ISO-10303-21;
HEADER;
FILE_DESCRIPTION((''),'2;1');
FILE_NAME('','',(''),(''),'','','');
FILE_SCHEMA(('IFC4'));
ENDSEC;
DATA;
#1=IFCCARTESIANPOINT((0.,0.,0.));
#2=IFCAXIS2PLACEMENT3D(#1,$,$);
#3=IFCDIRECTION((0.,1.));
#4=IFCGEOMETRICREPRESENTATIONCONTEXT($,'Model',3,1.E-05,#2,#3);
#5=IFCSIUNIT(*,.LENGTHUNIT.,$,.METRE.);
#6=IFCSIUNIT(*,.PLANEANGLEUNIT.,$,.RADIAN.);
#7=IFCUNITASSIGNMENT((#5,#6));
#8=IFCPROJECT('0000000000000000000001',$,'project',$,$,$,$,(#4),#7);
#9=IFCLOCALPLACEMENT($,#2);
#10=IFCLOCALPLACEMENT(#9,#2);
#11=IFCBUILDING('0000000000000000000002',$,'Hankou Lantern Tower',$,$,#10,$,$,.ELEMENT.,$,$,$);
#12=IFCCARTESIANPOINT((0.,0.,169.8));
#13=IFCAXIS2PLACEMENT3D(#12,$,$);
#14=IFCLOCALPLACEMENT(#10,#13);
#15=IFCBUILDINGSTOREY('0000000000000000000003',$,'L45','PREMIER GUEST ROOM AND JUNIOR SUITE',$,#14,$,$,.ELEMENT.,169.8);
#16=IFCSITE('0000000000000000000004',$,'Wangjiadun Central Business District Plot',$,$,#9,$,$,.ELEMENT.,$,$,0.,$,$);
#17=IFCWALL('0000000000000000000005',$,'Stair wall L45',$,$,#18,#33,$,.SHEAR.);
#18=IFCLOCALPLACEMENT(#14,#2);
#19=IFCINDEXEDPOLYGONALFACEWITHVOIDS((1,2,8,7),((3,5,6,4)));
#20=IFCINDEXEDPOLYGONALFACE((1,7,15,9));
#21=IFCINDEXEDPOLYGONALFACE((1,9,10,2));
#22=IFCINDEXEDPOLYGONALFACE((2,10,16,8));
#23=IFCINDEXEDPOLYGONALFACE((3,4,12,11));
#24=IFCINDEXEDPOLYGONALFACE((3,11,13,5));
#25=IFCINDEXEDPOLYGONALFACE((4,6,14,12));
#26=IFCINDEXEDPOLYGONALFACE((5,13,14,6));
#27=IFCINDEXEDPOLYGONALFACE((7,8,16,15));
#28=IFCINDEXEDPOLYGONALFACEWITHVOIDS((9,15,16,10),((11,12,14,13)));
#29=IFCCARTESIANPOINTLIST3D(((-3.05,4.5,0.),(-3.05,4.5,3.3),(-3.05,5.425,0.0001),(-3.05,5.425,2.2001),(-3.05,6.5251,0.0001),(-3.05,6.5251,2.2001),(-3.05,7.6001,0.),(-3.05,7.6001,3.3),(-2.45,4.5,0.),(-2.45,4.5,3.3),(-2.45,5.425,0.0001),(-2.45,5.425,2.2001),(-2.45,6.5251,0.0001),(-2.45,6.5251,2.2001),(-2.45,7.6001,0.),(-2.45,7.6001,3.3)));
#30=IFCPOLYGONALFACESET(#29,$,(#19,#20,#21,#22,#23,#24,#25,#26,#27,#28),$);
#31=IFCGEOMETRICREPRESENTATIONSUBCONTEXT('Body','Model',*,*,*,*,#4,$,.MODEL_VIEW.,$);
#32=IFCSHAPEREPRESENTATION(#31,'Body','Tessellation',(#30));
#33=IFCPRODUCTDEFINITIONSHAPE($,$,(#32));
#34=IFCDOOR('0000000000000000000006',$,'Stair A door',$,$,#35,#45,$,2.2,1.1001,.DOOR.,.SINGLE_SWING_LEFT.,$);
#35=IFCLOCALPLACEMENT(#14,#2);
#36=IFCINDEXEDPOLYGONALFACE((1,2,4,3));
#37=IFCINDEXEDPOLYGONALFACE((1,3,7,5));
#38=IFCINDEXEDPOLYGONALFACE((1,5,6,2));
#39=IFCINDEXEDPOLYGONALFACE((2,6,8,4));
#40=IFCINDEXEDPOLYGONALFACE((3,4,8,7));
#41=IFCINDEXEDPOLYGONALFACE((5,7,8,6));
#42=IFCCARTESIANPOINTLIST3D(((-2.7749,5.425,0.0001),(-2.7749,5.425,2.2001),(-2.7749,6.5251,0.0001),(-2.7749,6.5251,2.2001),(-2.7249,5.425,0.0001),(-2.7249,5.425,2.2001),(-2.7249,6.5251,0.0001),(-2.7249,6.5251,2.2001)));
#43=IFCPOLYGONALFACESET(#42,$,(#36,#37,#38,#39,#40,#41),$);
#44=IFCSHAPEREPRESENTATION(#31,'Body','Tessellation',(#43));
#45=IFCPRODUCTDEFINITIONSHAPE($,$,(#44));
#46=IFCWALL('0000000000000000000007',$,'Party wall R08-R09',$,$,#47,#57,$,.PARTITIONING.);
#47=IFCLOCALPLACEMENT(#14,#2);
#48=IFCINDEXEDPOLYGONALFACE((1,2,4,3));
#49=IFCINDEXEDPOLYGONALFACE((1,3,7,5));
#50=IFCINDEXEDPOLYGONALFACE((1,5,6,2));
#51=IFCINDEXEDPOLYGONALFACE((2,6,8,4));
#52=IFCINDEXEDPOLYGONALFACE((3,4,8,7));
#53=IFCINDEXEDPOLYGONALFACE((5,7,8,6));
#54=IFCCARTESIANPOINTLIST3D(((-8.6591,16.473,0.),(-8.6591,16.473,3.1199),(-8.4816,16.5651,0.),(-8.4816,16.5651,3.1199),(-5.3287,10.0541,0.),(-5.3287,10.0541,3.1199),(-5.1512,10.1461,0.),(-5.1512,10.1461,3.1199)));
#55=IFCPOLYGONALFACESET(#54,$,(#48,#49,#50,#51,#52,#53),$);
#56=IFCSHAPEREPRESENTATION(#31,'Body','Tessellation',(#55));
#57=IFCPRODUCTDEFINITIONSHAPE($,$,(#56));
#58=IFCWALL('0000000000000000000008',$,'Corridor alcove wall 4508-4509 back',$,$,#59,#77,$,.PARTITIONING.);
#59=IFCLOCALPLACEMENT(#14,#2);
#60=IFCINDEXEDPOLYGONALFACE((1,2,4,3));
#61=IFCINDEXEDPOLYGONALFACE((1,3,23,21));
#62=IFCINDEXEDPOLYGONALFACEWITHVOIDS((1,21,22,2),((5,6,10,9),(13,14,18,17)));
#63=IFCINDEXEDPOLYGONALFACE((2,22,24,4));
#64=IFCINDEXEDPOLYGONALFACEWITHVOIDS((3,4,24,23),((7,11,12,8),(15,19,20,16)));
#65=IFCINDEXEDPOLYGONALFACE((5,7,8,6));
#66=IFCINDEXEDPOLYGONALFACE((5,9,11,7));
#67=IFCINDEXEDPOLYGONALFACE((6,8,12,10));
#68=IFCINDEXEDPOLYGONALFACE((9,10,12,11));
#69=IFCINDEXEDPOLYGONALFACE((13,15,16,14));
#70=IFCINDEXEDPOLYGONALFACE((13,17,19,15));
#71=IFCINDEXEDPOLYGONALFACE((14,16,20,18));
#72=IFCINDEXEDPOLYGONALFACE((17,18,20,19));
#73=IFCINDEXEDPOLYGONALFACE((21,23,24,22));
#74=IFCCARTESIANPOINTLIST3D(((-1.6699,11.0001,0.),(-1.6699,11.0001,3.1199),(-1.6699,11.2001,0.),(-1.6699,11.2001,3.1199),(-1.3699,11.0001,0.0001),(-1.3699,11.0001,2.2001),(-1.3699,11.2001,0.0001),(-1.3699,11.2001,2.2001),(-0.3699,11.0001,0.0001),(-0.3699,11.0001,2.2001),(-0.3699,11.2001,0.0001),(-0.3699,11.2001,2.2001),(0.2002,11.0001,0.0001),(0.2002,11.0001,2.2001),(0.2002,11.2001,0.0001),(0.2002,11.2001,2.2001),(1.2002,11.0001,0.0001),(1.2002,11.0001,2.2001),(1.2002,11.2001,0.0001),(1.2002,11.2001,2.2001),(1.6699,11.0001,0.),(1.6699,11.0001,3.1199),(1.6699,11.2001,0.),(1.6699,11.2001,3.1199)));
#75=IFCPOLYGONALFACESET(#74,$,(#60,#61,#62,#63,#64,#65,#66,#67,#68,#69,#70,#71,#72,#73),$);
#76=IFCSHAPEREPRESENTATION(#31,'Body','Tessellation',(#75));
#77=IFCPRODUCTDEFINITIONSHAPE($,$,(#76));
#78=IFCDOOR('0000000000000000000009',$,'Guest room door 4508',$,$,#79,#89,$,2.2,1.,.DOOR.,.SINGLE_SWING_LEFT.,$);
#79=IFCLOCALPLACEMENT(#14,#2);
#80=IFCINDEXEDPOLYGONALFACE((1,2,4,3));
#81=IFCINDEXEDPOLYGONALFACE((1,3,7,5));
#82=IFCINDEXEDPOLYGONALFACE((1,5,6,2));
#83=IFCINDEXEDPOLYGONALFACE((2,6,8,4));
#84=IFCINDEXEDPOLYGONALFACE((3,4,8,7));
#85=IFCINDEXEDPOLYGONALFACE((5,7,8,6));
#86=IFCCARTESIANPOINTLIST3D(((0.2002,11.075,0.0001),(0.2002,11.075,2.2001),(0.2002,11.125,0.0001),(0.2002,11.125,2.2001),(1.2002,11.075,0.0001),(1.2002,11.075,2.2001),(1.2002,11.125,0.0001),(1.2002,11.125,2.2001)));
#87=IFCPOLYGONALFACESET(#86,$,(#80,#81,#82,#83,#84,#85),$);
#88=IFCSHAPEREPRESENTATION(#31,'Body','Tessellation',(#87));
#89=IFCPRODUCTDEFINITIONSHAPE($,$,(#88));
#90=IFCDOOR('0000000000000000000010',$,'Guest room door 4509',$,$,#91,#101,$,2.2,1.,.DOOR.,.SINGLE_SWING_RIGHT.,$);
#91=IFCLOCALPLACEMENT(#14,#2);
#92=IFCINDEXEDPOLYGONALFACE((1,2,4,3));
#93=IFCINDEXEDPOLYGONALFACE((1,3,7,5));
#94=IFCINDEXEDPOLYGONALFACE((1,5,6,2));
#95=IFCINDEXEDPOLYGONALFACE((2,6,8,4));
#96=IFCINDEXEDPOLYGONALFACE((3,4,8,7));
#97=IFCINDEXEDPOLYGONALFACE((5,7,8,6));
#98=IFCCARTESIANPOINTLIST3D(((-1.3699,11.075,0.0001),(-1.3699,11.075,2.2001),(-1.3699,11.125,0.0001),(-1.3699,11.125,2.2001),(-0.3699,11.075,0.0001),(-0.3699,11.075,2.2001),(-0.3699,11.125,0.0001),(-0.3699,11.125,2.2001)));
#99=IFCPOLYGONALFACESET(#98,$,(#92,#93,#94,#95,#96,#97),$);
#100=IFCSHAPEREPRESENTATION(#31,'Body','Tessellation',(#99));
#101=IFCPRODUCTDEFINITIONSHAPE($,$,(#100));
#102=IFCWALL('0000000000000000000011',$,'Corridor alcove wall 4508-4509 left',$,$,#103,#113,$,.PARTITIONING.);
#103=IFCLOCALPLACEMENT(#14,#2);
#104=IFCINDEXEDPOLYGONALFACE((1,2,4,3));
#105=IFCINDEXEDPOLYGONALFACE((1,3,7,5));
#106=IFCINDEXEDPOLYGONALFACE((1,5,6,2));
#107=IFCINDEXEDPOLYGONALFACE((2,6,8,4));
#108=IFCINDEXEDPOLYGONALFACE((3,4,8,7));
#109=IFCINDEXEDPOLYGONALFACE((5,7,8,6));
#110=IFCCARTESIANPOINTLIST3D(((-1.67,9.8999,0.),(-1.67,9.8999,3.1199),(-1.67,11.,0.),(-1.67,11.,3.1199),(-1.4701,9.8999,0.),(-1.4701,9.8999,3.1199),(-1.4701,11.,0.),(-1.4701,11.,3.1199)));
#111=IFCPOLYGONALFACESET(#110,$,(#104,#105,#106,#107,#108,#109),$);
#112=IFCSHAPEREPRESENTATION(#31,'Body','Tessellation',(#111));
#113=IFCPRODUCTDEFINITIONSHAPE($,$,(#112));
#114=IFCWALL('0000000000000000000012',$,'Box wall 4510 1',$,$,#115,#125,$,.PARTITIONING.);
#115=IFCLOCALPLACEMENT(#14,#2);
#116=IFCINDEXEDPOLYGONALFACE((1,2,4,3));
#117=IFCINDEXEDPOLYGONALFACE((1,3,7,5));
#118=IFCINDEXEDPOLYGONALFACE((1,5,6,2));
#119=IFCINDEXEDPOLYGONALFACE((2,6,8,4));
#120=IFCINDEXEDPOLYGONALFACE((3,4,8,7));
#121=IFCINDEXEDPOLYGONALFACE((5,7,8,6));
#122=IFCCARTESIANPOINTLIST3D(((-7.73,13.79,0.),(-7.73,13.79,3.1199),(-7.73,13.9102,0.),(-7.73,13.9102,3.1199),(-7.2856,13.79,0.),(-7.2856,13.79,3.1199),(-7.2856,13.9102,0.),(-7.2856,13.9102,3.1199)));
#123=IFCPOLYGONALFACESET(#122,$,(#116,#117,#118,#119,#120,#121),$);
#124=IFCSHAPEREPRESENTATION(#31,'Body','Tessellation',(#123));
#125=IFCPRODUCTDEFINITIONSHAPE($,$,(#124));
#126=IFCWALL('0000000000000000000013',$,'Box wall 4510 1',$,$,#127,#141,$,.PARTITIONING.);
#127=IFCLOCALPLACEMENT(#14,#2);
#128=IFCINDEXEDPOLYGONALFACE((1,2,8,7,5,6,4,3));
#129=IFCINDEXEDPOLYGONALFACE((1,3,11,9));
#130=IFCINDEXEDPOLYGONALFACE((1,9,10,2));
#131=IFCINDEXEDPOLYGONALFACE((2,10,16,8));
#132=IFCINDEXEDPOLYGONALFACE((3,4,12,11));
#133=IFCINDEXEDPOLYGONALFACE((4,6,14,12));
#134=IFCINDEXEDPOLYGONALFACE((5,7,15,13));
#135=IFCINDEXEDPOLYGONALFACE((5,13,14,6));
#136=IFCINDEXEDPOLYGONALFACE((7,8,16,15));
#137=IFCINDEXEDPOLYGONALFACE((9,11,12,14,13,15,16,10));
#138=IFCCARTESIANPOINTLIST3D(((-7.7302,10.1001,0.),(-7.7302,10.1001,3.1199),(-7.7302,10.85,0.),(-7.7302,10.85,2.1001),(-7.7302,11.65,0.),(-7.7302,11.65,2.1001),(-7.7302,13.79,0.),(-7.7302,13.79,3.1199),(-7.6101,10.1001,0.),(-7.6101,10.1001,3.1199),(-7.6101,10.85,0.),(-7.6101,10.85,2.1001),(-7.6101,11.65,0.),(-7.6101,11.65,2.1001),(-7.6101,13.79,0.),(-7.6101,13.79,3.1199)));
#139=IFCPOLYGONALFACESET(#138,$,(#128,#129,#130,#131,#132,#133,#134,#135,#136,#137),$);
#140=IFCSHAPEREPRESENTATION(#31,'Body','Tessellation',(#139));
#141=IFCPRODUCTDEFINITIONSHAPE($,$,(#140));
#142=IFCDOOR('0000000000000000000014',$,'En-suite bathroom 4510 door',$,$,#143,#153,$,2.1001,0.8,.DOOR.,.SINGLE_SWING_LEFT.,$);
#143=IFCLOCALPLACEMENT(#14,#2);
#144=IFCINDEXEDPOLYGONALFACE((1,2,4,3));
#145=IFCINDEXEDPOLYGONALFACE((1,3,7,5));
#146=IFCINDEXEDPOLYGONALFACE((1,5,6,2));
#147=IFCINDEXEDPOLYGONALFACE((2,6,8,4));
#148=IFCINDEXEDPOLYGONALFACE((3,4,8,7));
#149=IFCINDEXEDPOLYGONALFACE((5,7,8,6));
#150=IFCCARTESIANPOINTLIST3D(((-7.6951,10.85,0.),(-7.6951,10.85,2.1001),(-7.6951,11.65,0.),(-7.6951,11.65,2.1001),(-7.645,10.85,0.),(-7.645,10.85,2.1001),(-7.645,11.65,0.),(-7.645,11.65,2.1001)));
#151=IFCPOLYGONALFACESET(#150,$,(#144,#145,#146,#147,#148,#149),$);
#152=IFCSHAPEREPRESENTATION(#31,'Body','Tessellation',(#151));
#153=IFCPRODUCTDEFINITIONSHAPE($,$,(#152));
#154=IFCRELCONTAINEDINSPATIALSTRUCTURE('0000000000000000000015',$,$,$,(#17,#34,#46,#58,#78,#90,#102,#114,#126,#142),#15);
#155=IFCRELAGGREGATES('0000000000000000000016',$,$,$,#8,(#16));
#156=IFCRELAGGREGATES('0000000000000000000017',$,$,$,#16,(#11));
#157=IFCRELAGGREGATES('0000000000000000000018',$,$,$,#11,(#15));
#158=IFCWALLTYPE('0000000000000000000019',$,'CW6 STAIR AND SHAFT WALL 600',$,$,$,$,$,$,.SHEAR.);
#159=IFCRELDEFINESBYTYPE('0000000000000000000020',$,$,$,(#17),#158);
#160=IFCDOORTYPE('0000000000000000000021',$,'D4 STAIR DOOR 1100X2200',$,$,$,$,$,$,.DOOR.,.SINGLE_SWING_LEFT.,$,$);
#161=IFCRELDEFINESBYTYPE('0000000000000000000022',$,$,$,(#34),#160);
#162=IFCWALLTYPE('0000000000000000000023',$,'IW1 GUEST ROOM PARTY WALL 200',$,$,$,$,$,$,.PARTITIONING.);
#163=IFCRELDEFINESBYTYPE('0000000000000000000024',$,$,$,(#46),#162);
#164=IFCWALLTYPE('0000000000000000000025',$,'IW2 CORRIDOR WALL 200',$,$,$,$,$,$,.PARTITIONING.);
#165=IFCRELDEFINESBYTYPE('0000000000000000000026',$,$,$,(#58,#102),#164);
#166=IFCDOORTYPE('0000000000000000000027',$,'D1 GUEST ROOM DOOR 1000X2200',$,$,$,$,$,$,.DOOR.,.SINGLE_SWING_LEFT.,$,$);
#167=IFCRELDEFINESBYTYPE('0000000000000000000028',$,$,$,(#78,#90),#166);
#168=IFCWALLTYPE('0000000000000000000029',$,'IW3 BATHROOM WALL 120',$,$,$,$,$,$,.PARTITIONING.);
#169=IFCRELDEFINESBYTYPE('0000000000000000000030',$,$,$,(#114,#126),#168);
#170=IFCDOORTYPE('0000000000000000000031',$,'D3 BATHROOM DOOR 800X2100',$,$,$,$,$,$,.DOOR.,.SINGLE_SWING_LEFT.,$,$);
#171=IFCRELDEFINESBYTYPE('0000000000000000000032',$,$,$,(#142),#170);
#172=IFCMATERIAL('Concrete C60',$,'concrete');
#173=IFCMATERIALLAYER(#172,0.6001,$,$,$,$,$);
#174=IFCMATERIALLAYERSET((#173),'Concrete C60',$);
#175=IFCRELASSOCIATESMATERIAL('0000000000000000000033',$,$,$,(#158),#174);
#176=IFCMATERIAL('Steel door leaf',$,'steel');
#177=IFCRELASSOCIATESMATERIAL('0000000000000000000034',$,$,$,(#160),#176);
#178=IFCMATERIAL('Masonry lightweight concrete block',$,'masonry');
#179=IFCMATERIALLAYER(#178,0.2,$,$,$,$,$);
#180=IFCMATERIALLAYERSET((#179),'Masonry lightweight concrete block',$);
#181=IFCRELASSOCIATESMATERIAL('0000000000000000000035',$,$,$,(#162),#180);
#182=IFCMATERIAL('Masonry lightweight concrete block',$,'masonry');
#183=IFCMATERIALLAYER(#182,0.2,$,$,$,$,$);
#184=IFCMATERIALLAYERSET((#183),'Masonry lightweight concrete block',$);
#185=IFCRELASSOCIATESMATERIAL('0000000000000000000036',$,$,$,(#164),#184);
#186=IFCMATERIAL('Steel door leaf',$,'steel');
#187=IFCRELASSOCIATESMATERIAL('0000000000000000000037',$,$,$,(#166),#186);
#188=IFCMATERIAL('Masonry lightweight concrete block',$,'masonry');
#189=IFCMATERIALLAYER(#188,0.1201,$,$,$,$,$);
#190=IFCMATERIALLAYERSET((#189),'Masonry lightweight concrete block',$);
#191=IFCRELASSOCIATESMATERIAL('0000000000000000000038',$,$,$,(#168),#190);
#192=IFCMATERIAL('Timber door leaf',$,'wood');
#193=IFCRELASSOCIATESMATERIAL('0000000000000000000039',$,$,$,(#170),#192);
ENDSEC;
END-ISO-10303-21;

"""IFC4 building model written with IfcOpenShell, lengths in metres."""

from ifc_helpers import new_model, si_unit, direction, frame, frame_2d, origin, place, context, subcontext, project, spatial, rectangle, extrude, material, layer, layer_set, type_object, element, fill, save


model = new_model("IFC4")

# Units and contexts
model_context = context("Model", 3, precision=1e-05, world=origin(), true_north=direction((0.0, 1.0)))
body_context = subcontext(model_context, "Body", "Model", "MODEL_VIEW")
ifc_project = project(units=[si_unit("LENGTHUNIT", "METRE"), si_unit("PLANEANGLEUNIT", "RADIAN")], contexts=[model_context])

# Site, building, storey
site_placement = place(None, origin())
site = spatial("IfcSite", under=ifc_project, at=site_placement, Name="Wangjiadun Central Business District Plot", CompositionType="ELEMENT", RefElevation=0.0)
building_placement = place(site_placement, origin())
building = spatial("IfcBuilding", under=site, at=building_placement, Name="Hankou Lantern Tower", CompositionType="ELEMENT")
storey_placement = place(building_placement, frame((0.0, 0.0, 169.8)))
storey = spatial("IfcBuildingStorey", under=building, at=storey_placement, Name="L45", Description="PREMIER GUEST ROOM AND JUNIOR SUITE", CompositionType="ELEMENT", Elevation=169.8)

# Wall, opening, door
ifc_material_1 = material(Name="Concrete C60", Category="concrete")
ifc_layer_1 = layer(ifc_material_1, 0.6001)
ifc_layer_set_1 = layer_set([ifc_layer_1], Name="Concrete C60")
wall_type_1 = type_object("IfcWallType", Name="CW6 STAIR AND SHAFT WALL 600", PredefinedType="SHEAR", material=ifc_layer_set_1)
wall_1_placement = place(storey_placement, frame((-2.75, 4.5, 0.0), z_axis=(0.0, 0.0, 1.0), x_axis=(0.0, 1.0, 0.0)))
wall_1 = element("IfcWall", 1, at=wall_1_placement, inside=storey, type_object=wall_type_1, Name="Stair wall L45", PredefinedType="SHEAR", context=body_context, shape_type="SweptSolid", body=[
    extrude(rectangle(XDim=3.1001, YDim=0.6001, at=frame_2d((1.55, 0.0))), origin(), (0.0, 0.0, 1.0), 3.3),
])
opening_1_placement = place(wall_1_placement, frame((0.925, 0.0, 0.0)))
opening_1 = element("IfcOpeningElement", 2, at=opening_1_placement, cuts=wall_1, PredefinedType="OPENING", context=body_context, shape_type="SweptSolid", body=[
    extrude(rectangle(XDim=1.1001, YDim=2.2, at=frame_2d((0.55, 1.1001))), frame((0.0, 0.3101, 0.0), z_axis=(0.0, -1.0, 0.0), x_axis=(1.0, 0.0, 0.0)), (0.0, 0.0, 1.0), 0.6201),
])
ifc_material_2 = material(Name="Steel door leaf", Category="steel")
door_type_1 = type_object("IfcDoorType", Name="D4 STAIR DOOR 1100X2200", OperationType="SINGLE_SWING_LEFT", PredefinedType="DOOR", material=ifc_material_2)
door_1_placement = place(opening_1_placement, origin())
door_1 = element("IfcDoor", 3, at=door_1_placement, inside=storey, type_object=door_type_1, Name="Stair A door", OperationType="SINGLE_SWING_LEFT", OverallHeight=2.2, OverallWidth=1.1001, PredefinedType="DOOR", context=body_context, shape_type="SweptSolid", body=[
    extrude(rectangle(XDim=1.1001, YDim=2.2, at=frame_2d((0.55, 1.1001))), frame((0.0, 0.0249, 0.0), z_axis=(0.0, -1.0, 0.0), x_axis=(1.0, 0.0, 0.0)), (0.0, 0.0, 1.0), 0.05),
])
fill(opening_1, door_1)

# Wall
ifc_material_3 = material(Name="Masonry lightweight concrete block", Category="masonry")
ifc_layer_2 = layer(ifc_material_3, 0.2)
ifc_layer_set_2 = layer_set([ifc_layer_2], Name="Masonry lightweight concrete block")
wall_type_2 = type_object("IfcWallType", Name="IW1 GUEST ROOM PARTY WALL 200", PredefinedType="PARTITIONING", material=ifc_layer_set_2)
wall_2_placement = place(storey_placement, frame((-5.24, 10.1001, 0.0), z_axis=(0.0, 0.0, 1.0), x_axis=(-0.460533, 0.887643, 0.0)))
element("IfcWall", 4, at=wall_2_placement, inside=storey, type_object=wall_type_2, Name="Party wall R08-R09", PredefinedType="PARTITIONING", context=body_context, shape_type="SweptSolid", body=[
    extrude(rectangle(XDim=7.2314, YDim=0.2, at=frame_2d((3.6157, 0.0))), origin(), (0.0, 0.0, 1.0), 3.1199),
])

# Wall, openings, doors
ifc_material_4 = material(Name="Masonry lightweight concrete block", Category="masonry")
ifc_layer_3 = layer(ifc_material_4, 0.2)
ifc_layer_set_3 = layer_set([ifc_layer_3], Name="Masonry lightweight concrete block")
wall_type_3 = type_object("IfcWallType", Name="IW2 CORRIDOR WALL 200", PredefinedType="PARTITIONING", material=ifc_layer_set_3)
wall_3_placement = place(storey_placement, frame((-1.6699, 11.1001, 0.0), z_axis=(0.0, 0.0, 1.0), x_axis=(1.0, 0.0, 0.0)))
wall_3 = element("IfcWall", 5, at=wall_3_placement, inside=storey, type_object=wall_type_3, Name="Corridor alcove wall 4508-4509 back", PredefinedType="PARTITIONING", context=body_context, shape_type="SweptSolid", body=[
    extrude(rectangle(XDim=3.3398, YDim=0.2, at=frame_2d((1.6699, 0.0))), origin(), (0.0, 0.0, 1.0), 3.1199),
])
opening_2_placement = place(wall_3_placement, frame((1.8701, 0.0, 0.0)))
opening_2 = element("IfcOpeningElement", 6, at=opening_2_placement, cuts=wall_3, PredefinedType="OPENING", context=body_context, shape_type="SweptSolid", body=[
    extrude(rectangle(XDim=1.0, YDim=2.2, at=frame_2d((0.5, 1.1001))), frame((0.0, 0.1099, 0.0), z_axis=(0.0, -1.0, 0.0), x_axis=(1.0, 0.0, 0.0)), (0.0, 0.0, 1.0), 0.22),
])
opening_3_placement = place(wall_3_placement, frame((0.3, 0.0, 0.0)))
opening_3 = element("IfcOpeningElement", 7, at=opening_3_placement, cuts=wall_3, PredefinedType="OPENING", context=body_context, shape_type="SweptSolid", body=[
    extrude(rectangle(XDim=1.0, YDim=2.2, at=frame_2d((0.5, 1.1001))), frame((0.0, 0.1099, 0.0), z_axis=(0.0, -1.0, 0.0), x_axis=(1.0, 0.0, 0.0)), (0.0, 0.0, 1.0), 0.22),
])
ifc_material_5 = material(Name="Steel door leaf", Category="steel")
door_type_2 = type_object("IfcDoorType", Name="D1 GUEST ROOM DOOR 1000X2200", OperationType="SINGLE_SWING_LEFT", PredefinedType="DOOR", material=ifc_material_5)
door_2_placement = place(opening_2_placement, origin())
door_2 = element("IfcDoor", 8, at=door_2_placement, inside=storey, type_object=door_type_2, Name="Guest room door 4508", OperationType="SINGLE_SWING_LEFT", OverallHeight=2.2, OverallWidth=1.0, PredefinedType="DOOR", context=body_context, shape_type="SweptSolid", body=[
    extrude(rectangle(XDim=1.0, YDim=2.2, at=frame_2d((0.5, 1.1001))), frame((0.0, 0.0249, 0.0), z_axis=(0.0, -1.0, 0.0), x_axis=(1.0, 0.0, 0.0)), (0.0, 0.0, 1.0), 0.05),
])
fill(opening_2, door_2)
door_3_placement = place(opening_3_placement, origin())
door_3 = element("IfcDoor", 9, at=door_3_placement, inside=storey, type_object=door_type_2, Name="Guest room door 4509", OperationType="SINGLE_SWING_RIGHT", OverallHeight=2.2, OverallWidth=1.0, PredefinedType="DOOR", context=body_context, shape_type="SweptSolid", body=[
    extrude(rectangle(XDim=1.0, YDim=2.2, at=frame_2d((0.5, 1.1001))), frame((0.0, 0.0249, 0.0), z_axis=(0.0, -1.0, 0.0), x_axis=(1.0, 0.0, 0.0)), (0.0, 0.0, 1.0), 0.05),
])
fill(opening_3, door_3)

# Walls
wall_4_placement = place(storey_placement, frame((-1.5701, 9.8999, 0.0), z_axis=(0.0, 0.0, 1.0), x_axis=(0.0, 1.0, 0.0)))
element("IfcWall", 10, at=wall_4_placement, inside=storey, type_object=wall_type_3, Name="Corridor alcove wall 4508-4509 left", PredefinedType="PARTITIONING", context=body_context, shape_type="SweptSolid", body=[
    extrude(rectangle(XDim=1.1001, YDim=0.2, at=frame_2d((0.55, 0.0))), origin(), (0.0, 0.0, 1.0), 3.1199),
])
ifc_material_6 = material(Name="Masonry lightweight concrete block", Category="masonry")
ifc_layer_4 = layer(ifc_material_6, 0.1201)
ifc_layer_set_4 = layer_set([ifc_layer_4], Name="Masonry lightweight concrete block")
wall_type_4 = type_object("IfcWallType", Name="IW3 BATHROOM WALL 120", PredefinedType="PARTITIONING", material=ifc_layer_set_4)
wall_5_placement = place(storey_placement, frame((-7.2856, 13.8501, 0.0), z_axis=(0.0, 0.0, 1.0), x_axis=(-1.0, 0.0, 0.0)))
element("IfcWall", 11, at=wall_5_placement, inside=storey, type_object=wall_type_4, Name="Box wall 4510 1", PredefinedType="PARTITIONING", context=body_context, shape_type="SweptSolid", body=[
    extrude(rectangle(XDim=0.4443, YDim=0.1201, at=frame_2d((0.2222, 0.0))), origin(), (0.0, 0.0, 1.0), 3.1199),
])

# Wall, opening, door
wall_6_placement = place(storey_placement, frame((-7.6702, 10.1001, 0.0), z_axis=(0.0, 0.0, 1.0), x_axis=(0.0, 1.0, 0.0)))
wall_6 = element("IfcWall", 12, at=wall_6_placement, inside=storey, type_object=wall_type_4, Name="Box wall 4510 1", PredefinedType="PARTITIONING", context=body_context, shape_type="SweptSolid", body=[
    extrude(rectangle(XDim=3.6899, YDim=0.1201, at=frame_2d((1.845, 0.0))), origin(), (0.0, 0.0, 1.0), 3.1199),
])
opening_4_placement = place(wall_6_placement, frame((0.75, 0.0, 0.0)))
opening_4 = element("IfcOpeningElement", 13, at=opening_4_placement, cuts=wall_6, PredefinedType="OPENING", context=body_context, shape_type="SweptSolid", body=[
    extrude(rectangle(XDim=0.8, YDim=2.1001, at=frame_2d((0.3999, 1.05))), frame((0.0, 0.0701, 0.0), z_axis=(0.0, -1.0, 0.0), x_axis=(1.0, 0.0, 0.0)), (0.0, 0.0, 1.0), 0.1401),
])
ifc_material_7 = material(Name="Timber door leaf", Category="wood")
door_type_3 = type_object("IfcDoorType", Name="D3 BATHROOM DOOR 800X2100", OperationType="SINGLE_SWING_LEFT", PredefinedType="DOOR", material=ifc_material_7)
door_4_placement = place(opening_4_placement, origin())
door_4 = element("IfcDoor", 14, at=door_4_placement, inside=storey, type_object=door_type_3, Name="En-suite bathroom 4510 door", OperationType="SINGLE_SWING_LEFT", OverallHeight=2.1001, OverallWidth=0.8, PredefinedType="DOOR", context=body_context, shape_type="SweptSolid", body=[
    extrude(rectangle(XDim=0.8, YDim=2.1001, at=frame_2d((0.3999, 1.05))), frame((0.0, 0.0249, 0.0), z_axis=(0.0, -1.0, 0.0), x_axis=(1.0, 0.0, 0.0)), (0.0, 0.0, 1.0), 0.05),
])
fill(opening_4, door_4)

save(model, "model.ifc")
